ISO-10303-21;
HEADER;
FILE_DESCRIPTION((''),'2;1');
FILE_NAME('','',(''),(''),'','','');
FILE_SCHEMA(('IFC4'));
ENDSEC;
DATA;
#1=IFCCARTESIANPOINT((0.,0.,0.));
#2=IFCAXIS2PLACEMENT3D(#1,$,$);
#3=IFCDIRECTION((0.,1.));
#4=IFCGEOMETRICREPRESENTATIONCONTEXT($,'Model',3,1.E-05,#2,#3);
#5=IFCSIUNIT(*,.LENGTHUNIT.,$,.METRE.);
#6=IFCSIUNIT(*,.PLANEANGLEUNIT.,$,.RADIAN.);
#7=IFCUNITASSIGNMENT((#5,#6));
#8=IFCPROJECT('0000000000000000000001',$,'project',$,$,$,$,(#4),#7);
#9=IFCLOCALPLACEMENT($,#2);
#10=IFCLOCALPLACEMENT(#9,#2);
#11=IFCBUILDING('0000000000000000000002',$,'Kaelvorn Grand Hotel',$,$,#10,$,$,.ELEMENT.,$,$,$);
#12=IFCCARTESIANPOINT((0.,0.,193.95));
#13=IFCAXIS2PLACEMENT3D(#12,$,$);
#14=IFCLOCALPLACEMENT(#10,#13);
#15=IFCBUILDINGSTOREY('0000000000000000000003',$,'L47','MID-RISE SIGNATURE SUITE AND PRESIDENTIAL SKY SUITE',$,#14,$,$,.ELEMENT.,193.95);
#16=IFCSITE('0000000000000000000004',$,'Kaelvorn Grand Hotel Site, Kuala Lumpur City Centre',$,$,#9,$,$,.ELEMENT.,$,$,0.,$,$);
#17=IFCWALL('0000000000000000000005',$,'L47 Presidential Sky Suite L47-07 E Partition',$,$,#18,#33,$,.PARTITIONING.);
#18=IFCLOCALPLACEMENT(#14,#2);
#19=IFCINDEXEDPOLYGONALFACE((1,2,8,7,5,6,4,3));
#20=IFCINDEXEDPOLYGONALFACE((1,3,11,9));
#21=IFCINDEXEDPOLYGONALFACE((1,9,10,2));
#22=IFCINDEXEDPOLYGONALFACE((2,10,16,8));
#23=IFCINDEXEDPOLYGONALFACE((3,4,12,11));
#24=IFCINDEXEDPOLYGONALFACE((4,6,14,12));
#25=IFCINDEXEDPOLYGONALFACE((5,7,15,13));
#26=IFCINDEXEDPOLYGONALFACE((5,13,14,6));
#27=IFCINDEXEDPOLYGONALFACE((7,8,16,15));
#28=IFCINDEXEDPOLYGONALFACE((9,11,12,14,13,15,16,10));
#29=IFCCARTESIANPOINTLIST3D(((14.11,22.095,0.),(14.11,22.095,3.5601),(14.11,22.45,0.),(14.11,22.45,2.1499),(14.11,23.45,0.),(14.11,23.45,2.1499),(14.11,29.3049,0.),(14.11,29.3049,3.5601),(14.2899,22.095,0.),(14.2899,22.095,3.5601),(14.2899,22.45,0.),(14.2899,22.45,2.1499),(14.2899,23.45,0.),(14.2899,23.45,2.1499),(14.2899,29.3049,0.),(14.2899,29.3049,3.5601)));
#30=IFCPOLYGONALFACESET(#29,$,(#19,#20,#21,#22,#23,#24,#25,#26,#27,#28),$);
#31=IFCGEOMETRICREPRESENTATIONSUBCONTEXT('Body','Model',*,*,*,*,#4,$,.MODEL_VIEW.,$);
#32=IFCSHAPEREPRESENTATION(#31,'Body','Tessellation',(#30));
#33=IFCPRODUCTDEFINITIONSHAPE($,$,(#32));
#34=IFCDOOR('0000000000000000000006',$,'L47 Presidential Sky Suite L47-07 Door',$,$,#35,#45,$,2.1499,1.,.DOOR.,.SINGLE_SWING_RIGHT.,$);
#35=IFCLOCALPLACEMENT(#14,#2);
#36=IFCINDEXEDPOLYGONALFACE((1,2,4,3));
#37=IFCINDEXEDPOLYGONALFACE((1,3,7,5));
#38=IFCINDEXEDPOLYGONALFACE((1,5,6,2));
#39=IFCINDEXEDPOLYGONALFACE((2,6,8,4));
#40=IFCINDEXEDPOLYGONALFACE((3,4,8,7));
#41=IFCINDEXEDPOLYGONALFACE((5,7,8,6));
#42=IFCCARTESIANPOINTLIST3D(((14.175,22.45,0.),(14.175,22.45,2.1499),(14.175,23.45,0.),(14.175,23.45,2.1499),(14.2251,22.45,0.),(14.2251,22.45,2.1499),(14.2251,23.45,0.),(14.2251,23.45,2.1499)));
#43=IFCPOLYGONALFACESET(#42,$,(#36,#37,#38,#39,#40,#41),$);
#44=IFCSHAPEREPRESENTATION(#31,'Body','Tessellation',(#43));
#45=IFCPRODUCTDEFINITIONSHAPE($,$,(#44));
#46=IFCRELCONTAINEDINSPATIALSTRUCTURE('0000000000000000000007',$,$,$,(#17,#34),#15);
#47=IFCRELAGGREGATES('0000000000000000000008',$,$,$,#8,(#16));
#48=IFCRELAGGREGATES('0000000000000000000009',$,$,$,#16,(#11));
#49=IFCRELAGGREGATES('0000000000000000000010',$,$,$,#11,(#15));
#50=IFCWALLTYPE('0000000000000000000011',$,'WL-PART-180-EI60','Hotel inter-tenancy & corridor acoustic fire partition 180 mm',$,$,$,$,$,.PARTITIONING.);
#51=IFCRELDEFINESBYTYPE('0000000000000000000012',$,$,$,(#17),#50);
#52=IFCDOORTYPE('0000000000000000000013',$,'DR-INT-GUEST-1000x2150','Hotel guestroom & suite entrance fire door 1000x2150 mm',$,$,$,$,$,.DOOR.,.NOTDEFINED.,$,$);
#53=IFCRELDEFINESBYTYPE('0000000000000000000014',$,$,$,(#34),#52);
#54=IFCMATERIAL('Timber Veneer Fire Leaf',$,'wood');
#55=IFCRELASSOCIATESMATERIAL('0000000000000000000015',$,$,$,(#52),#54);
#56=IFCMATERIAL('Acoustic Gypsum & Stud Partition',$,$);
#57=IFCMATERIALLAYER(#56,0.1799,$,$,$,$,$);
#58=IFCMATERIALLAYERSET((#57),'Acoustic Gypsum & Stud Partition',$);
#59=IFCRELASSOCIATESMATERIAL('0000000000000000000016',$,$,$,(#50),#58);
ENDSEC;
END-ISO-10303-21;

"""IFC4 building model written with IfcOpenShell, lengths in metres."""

from ifc_helpers import new_model, si_unit, direction, frame, frame_2d, origin, place, context, subcontext, project, spatial, rectangle, extrude, material, layer, layer_set, type_object, element, fill, save


model = new_model("IFC4")

# Units and contexts
model_context = context("Model", 3, precision=1e-05, world=origin(), true_north=direction((0.0, 1.0)))
body_context = subcontext(model_context, "Body", "Model", "MODEL_VIEW")
ifc_project = project(units=[si_unit("LENGTHUNIT", "METRE"), si_unit("PLANEANGLEUNIT", "RADIAN")], contexts=[model_context])

# Site, building, storey
site_placement = place(None, origin())
site = spatial("IfcSite", under=ifc_project, at=site_placement, Name="Kaelvorn Grand Hotel Site, Kuala Lumpur City Centre", CompositionType="ELEMENT", RefElevation=0.0)
building_placement = place(site_placement, origin())
building = spatial("IfcBuilding", under=site, at=building_placement, Name="Kaelvorn Grand Hotel", CompositionType="ELEMENT")
storey_placement = place(building_placement, frame((0.0, 0.0, 193.95)))
storey = spatial("IfcBuildingStorey", under=building, at=storey_placement, Name="L47", Description="MID-RISE SIGNATURE SUITE AND PRESIDENTIAL SKY SUITE", CompositionType="ELEMENT", Elevation=193.95)

# Shared definitions
ifc_material_1 = material(Name="Acoustic Gypsum & Stud Partition")
ifc_material_2 = material(Name="Timber Veneer Fire Leaf", Category="wood")
door_type_1 = type_object("IfcDoorType", Name="DR-INT-GUEST-1000x2150", Description="Hotel guestroom & suite entrance fire door 1000x2150 mm", OperationType="NOTDEFINED", PredefinedType="DOOR", material=ifc_material_2)

# Wall, opening, door
ifc_layer_1 = layer(ifc_material_1, 0.1799)
ifc_layer_set_1 = layer_set([ifc_layer_1], Name="Acoustic Gypsum & Stud Partition")
wall_type_1 = type_object("IfcWallType", Name="WL-PART-180-EI60", Description="Hotel inter-tenancy & corridor acoustic fire partition 180 mm", PredefinedType="PARTITIONING", material=ifc_layer_set_1)
wall_1_placement = place(storey_placement, frame((14.2, 22.095, 0.0), z_axis=(0.0, 0.0, 1.0), x_axis=(0.0, 1.0, 0.0)))
wall_1 = element("IfcWall", 1, at=wall_1_placement, inside=storey, type_object=wall_type_1, Name="L47 Presidential Sky Suite L47-07 E Partition", PredefinedType="PARTITIONING", context=body_context, shape_type="SweptSolid", body=[
    extrude(rectangle(XDim=7.21, YDim=0.1799, at=frame_2d((3.605, 0.0))), origin(), (0.0, 0.0, 1.0), 3.5601),
])
opening_1_placement = place(wall_1_placement, frame((0.355, 0.0, 0.0)))
opening_1 = element("IfcOpeningElement", 2, at=opening_1_placement, cuts=wall_1, PredefinedType="OPENING", context=body_context, shape_type="SweptSolid", body=[
    extrude(rectangle(XDim=1.0, YDim=2.1499, at=frame_2d((0.5, 1.075))), frame((0.0, 0.1001, 0.0), z_axis=(0.0, -1.0, 0.0), x_axis=(1.0, 0.0, 0.0)), (0.0, 0.0, 1.0), 0.2),
])
door_1_placement = place(opening_1_placement, origin())
door_1 = element("IfcDoor", 3, at=door_1_placement, inside=storey, type_object=door_type_1, Name="L47 Presidential Sky Suite L47-07 Door", OperationType="SINGLE_SWING_RIGHT", OverallHeight=2.1499, OverallWidth=1.0, PredefinedType="DOOR", context=body_context, shape_type="SweptSolid", body=[
    extrude(rectangle(XDim=1.0, YDim=2.1499, at=frame_2d((0.5, 1.075))), frame((0.0, 0.0249, 0.0), z_axis=(0.0, -1.0, 0.0), x_axis=(1.0, 0.0, 0.0)), (0.0, 0.0, 1.0), 0.05),
])
fill(opening_1, door_1)

save(model, "model.ifc")
